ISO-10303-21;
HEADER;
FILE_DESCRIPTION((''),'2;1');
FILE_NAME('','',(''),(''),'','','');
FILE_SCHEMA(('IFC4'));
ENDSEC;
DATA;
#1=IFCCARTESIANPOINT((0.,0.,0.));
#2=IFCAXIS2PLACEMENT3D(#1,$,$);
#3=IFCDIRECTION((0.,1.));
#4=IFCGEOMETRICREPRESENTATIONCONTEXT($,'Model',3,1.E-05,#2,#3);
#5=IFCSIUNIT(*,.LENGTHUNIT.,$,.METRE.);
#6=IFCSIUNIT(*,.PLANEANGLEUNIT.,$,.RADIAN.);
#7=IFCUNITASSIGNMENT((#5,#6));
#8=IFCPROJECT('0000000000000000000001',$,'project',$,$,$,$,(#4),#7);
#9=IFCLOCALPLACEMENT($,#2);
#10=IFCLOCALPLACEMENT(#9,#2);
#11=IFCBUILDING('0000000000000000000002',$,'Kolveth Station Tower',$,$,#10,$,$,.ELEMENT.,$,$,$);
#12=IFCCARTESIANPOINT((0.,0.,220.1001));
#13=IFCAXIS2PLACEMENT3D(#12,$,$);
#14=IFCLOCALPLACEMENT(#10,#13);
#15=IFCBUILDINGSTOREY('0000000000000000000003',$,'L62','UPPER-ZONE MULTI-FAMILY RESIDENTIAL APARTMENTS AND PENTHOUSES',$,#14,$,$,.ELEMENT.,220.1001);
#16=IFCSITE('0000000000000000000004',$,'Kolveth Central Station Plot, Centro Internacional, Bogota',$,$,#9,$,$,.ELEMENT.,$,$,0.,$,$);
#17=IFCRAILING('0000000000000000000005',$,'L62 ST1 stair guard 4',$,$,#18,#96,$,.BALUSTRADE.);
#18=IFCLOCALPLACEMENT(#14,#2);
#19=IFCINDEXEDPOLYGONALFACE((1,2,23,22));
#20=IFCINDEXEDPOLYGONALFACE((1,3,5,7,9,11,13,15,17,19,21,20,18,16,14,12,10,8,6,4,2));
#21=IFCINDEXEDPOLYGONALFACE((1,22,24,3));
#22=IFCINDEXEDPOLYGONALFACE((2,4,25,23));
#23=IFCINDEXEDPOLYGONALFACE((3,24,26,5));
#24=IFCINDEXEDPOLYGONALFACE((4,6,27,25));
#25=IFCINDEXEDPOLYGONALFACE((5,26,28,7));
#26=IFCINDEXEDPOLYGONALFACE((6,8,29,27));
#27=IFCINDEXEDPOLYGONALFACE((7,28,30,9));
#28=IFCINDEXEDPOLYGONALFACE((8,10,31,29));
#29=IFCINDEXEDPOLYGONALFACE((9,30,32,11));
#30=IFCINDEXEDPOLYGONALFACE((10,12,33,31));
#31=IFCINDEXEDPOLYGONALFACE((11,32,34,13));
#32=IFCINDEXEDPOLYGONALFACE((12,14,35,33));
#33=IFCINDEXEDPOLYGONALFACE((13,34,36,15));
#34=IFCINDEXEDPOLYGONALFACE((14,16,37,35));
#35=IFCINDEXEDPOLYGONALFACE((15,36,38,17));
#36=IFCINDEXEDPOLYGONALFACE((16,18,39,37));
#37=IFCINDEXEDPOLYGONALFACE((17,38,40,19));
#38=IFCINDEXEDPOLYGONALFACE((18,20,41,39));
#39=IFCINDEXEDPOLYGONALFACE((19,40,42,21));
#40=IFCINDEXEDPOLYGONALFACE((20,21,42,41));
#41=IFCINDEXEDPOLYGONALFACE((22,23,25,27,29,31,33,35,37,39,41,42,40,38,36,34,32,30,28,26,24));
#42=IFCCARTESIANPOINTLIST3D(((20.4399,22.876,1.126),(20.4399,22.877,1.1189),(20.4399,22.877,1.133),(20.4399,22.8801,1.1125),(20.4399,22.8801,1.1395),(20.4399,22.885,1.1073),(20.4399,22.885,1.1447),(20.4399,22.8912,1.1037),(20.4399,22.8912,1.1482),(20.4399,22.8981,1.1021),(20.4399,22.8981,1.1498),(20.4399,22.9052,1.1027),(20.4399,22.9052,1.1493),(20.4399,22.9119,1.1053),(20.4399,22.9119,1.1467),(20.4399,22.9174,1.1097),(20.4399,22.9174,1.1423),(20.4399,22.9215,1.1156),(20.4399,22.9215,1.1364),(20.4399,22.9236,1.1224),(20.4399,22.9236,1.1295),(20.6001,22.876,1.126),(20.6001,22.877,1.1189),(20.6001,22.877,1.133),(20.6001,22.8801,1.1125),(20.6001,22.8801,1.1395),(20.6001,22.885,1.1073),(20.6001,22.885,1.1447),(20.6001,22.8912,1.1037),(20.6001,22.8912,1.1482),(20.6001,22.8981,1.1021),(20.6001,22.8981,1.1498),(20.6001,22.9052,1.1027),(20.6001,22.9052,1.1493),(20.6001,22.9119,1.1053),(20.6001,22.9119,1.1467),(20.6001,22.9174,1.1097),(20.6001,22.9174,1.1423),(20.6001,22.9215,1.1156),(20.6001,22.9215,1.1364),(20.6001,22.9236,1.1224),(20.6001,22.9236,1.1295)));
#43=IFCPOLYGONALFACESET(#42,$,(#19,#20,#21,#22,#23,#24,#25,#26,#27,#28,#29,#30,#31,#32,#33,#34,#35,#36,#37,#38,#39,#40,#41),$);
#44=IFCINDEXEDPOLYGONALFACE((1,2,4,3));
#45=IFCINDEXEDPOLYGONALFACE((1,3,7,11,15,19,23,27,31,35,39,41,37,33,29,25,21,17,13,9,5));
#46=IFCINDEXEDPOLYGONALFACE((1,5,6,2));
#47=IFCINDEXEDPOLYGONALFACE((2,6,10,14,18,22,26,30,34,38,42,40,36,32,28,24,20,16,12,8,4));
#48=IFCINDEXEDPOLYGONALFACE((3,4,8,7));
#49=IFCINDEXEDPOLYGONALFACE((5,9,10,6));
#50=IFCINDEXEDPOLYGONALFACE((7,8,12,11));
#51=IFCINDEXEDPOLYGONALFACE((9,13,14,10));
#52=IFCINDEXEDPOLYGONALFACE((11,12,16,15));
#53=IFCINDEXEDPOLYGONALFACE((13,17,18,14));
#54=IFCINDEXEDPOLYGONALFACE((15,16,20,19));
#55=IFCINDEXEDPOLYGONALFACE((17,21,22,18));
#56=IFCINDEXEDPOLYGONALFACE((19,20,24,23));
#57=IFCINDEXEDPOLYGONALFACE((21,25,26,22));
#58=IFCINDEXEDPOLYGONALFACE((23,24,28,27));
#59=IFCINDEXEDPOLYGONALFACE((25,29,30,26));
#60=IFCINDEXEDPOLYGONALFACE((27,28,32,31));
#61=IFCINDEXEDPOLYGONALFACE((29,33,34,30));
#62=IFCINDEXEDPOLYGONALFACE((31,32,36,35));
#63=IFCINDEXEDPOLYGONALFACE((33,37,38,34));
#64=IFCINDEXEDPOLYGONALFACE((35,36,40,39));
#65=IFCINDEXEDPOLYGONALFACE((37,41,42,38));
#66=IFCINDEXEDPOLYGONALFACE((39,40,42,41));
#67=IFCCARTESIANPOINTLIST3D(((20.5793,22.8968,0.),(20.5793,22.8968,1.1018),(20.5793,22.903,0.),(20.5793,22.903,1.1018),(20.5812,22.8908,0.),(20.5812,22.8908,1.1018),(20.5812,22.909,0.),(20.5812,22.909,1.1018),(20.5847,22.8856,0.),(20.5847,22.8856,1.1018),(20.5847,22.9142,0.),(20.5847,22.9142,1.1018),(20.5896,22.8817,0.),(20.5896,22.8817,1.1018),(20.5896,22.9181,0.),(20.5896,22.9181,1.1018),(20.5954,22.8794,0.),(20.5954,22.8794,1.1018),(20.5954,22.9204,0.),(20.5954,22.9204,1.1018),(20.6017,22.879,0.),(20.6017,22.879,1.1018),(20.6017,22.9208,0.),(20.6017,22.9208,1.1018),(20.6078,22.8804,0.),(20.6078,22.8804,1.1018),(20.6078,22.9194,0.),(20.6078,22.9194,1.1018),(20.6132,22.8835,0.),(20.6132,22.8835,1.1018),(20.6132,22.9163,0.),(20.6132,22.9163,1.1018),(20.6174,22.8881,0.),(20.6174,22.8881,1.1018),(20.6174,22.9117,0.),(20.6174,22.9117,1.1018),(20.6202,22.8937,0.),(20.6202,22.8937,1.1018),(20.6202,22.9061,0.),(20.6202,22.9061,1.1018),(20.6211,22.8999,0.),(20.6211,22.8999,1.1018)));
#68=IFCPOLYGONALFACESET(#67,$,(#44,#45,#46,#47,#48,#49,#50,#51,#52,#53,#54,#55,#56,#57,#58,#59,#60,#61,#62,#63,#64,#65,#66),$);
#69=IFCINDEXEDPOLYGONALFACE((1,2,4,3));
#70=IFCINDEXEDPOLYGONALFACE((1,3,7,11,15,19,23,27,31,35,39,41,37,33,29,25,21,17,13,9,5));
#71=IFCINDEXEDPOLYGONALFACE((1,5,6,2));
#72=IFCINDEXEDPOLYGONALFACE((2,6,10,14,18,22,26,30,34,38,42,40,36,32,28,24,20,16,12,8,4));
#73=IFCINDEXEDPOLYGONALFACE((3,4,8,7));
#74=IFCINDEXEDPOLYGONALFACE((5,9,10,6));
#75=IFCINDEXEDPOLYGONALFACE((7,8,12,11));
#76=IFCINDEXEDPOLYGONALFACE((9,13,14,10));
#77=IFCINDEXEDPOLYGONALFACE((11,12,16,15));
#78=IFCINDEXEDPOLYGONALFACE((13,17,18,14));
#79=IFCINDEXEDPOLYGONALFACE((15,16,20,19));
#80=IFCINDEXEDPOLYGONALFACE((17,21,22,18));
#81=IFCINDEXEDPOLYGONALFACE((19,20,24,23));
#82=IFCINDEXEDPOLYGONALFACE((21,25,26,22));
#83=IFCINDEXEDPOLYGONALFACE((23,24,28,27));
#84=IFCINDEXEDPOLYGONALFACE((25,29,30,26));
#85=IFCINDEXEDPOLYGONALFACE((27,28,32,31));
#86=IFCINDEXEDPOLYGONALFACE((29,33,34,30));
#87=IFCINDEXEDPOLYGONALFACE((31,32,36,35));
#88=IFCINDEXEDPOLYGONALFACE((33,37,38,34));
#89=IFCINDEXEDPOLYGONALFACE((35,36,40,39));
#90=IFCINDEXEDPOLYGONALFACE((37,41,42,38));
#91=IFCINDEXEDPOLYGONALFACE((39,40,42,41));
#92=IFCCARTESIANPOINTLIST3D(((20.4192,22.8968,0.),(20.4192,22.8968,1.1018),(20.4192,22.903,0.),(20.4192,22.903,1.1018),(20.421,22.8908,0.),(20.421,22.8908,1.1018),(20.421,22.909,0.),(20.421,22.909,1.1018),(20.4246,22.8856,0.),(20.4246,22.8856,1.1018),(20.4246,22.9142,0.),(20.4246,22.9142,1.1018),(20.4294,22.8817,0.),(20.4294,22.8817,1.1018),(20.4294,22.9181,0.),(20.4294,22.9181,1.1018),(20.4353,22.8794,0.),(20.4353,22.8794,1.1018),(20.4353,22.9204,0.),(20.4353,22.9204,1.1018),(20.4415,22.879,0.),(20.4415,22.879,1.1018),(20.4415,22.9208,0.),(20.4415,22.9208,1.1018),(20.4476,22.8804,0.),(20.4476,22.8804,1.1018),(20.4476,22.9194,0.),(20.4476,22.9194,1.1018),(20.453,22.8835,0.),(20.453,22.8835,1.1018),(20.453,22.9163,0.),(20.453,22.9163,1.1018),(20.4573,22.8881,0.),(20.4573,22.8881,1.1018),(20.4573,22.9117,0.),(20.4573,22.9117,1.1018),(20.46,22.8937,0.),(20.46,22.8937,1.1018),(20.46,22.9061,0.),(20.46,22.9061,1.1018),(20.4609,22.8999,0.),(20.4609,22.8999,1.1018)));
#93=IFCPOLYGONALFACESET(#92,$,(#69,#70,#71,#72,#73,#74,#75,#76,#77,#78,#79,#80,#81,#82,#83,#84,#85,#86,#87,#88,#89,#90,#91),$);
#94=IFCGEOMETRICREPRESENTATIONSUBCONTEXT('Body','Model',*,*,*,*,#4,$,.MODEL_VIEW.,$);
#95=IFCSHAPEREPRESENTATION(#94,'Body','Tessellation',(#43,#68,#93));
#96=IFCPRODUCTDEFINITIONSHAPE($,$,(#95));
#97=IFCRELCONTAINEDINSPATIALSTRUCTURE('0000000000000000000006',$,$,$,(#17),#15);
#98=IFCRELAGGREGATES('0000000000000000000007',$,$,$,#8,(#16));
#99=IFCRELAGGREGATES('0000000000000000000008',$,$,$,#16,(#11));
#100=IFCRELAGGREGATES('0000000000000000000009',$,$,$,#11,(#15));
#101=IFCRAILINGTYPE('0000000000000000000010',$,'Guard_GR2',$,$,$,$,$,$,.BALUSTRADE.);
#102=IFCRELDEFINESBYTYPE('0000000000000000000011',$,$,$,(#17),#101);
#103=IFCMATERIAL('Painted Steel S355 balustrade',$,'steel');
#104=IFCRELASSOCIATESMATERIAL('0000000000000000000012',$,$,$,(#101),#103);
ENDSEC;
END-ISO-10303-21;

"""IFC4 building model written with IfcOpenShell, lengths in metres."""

from ifc_helpers import new_model, si_unit, direction, frame, origin, origin_2d, place, context, subcontext, project, spatial, circle, extrude, material, type_object, element, save


model = new_model("IFC4")

# Units and contexts
model_context = context("Model", 3, precision=1e-05, world=origin(), true_north=direction((0.0, 1.0)))
body_context = subcontext(model_context, "Body", "Model", "MODEL_VIEW")
ifc_project = project(units=[si_unit("LENGTHUNIT", "METRE"), si_unit("PLANEANGLEUNIT", "RADIAN")], contexts=[model_context])

# Site, building, storey
site_placement = place(None, origin())
site = spatial("IfcSite", under=ifc_project, at=site_placement, Name="Kolveth Central Station Plot, Centro Internacional, Bogota", CompositionType="ELEMENT", RefElevation=0.0)
building_placement = place(site_placement, origin())
building = spatial("IfcBuilding", under=site, at=building_placement, Name="Kolveth Station Tower", CompositionType="ELEMENT")
storey_placement = place(building_placement, frame((0.0, 0.0, 220.1001)))
storey = spatial("IfcBuildingStorey", under=building, at=storey_placement, Name="L62", Description="UPPER-ZONE MULTI-FAMILY RESIDENTIAL APARTMENTS AND PENTHOUSES", CompositionType="ELEMENT", Elevation=220.1001)

# Railing
ifc_material_1 = material(Name="Painted Steel S355 balustrade", Category="steel")
railing_type_1 = type_object("IfcRailingType", Name="Guard_GR2", PredefinedType="BALUSTRADE", material=ifc_material_1)
railing_1_placement = place(storey_placement, frame((20.6001, 22.8999, 0.0)))
element("IfcRailing", 1, at=railing_1_placement, inside=storey, type_object=railing_type_1, Name="L62 ST1 stair guard 4", PredefinedType="BALUSTRADE", context=body_context, shape_type="SweptSolid", body=[
    extrude(circle(Radius=0.0239, at=origin_2d()), frame((0.0, 0.0, 1.126), z_axis=(-1.0, 0.0, 0.0), x_axis=(0.0, -1.0, 0.0)), (0.0, 0.0, 1.0), 0.1602),
    extrude(circle(Radius=0.021, at=origin_2d()), origin(), (0.0, 0.0, 1.0), 1.1018),
    extrude(circle(Radius=0.021, at=origin_2d()), frame((-0.1602, 0.0, 0.0)), (0.0, 0.0, 1.0), 1.1018),
])

save(model, "model.ifc")
